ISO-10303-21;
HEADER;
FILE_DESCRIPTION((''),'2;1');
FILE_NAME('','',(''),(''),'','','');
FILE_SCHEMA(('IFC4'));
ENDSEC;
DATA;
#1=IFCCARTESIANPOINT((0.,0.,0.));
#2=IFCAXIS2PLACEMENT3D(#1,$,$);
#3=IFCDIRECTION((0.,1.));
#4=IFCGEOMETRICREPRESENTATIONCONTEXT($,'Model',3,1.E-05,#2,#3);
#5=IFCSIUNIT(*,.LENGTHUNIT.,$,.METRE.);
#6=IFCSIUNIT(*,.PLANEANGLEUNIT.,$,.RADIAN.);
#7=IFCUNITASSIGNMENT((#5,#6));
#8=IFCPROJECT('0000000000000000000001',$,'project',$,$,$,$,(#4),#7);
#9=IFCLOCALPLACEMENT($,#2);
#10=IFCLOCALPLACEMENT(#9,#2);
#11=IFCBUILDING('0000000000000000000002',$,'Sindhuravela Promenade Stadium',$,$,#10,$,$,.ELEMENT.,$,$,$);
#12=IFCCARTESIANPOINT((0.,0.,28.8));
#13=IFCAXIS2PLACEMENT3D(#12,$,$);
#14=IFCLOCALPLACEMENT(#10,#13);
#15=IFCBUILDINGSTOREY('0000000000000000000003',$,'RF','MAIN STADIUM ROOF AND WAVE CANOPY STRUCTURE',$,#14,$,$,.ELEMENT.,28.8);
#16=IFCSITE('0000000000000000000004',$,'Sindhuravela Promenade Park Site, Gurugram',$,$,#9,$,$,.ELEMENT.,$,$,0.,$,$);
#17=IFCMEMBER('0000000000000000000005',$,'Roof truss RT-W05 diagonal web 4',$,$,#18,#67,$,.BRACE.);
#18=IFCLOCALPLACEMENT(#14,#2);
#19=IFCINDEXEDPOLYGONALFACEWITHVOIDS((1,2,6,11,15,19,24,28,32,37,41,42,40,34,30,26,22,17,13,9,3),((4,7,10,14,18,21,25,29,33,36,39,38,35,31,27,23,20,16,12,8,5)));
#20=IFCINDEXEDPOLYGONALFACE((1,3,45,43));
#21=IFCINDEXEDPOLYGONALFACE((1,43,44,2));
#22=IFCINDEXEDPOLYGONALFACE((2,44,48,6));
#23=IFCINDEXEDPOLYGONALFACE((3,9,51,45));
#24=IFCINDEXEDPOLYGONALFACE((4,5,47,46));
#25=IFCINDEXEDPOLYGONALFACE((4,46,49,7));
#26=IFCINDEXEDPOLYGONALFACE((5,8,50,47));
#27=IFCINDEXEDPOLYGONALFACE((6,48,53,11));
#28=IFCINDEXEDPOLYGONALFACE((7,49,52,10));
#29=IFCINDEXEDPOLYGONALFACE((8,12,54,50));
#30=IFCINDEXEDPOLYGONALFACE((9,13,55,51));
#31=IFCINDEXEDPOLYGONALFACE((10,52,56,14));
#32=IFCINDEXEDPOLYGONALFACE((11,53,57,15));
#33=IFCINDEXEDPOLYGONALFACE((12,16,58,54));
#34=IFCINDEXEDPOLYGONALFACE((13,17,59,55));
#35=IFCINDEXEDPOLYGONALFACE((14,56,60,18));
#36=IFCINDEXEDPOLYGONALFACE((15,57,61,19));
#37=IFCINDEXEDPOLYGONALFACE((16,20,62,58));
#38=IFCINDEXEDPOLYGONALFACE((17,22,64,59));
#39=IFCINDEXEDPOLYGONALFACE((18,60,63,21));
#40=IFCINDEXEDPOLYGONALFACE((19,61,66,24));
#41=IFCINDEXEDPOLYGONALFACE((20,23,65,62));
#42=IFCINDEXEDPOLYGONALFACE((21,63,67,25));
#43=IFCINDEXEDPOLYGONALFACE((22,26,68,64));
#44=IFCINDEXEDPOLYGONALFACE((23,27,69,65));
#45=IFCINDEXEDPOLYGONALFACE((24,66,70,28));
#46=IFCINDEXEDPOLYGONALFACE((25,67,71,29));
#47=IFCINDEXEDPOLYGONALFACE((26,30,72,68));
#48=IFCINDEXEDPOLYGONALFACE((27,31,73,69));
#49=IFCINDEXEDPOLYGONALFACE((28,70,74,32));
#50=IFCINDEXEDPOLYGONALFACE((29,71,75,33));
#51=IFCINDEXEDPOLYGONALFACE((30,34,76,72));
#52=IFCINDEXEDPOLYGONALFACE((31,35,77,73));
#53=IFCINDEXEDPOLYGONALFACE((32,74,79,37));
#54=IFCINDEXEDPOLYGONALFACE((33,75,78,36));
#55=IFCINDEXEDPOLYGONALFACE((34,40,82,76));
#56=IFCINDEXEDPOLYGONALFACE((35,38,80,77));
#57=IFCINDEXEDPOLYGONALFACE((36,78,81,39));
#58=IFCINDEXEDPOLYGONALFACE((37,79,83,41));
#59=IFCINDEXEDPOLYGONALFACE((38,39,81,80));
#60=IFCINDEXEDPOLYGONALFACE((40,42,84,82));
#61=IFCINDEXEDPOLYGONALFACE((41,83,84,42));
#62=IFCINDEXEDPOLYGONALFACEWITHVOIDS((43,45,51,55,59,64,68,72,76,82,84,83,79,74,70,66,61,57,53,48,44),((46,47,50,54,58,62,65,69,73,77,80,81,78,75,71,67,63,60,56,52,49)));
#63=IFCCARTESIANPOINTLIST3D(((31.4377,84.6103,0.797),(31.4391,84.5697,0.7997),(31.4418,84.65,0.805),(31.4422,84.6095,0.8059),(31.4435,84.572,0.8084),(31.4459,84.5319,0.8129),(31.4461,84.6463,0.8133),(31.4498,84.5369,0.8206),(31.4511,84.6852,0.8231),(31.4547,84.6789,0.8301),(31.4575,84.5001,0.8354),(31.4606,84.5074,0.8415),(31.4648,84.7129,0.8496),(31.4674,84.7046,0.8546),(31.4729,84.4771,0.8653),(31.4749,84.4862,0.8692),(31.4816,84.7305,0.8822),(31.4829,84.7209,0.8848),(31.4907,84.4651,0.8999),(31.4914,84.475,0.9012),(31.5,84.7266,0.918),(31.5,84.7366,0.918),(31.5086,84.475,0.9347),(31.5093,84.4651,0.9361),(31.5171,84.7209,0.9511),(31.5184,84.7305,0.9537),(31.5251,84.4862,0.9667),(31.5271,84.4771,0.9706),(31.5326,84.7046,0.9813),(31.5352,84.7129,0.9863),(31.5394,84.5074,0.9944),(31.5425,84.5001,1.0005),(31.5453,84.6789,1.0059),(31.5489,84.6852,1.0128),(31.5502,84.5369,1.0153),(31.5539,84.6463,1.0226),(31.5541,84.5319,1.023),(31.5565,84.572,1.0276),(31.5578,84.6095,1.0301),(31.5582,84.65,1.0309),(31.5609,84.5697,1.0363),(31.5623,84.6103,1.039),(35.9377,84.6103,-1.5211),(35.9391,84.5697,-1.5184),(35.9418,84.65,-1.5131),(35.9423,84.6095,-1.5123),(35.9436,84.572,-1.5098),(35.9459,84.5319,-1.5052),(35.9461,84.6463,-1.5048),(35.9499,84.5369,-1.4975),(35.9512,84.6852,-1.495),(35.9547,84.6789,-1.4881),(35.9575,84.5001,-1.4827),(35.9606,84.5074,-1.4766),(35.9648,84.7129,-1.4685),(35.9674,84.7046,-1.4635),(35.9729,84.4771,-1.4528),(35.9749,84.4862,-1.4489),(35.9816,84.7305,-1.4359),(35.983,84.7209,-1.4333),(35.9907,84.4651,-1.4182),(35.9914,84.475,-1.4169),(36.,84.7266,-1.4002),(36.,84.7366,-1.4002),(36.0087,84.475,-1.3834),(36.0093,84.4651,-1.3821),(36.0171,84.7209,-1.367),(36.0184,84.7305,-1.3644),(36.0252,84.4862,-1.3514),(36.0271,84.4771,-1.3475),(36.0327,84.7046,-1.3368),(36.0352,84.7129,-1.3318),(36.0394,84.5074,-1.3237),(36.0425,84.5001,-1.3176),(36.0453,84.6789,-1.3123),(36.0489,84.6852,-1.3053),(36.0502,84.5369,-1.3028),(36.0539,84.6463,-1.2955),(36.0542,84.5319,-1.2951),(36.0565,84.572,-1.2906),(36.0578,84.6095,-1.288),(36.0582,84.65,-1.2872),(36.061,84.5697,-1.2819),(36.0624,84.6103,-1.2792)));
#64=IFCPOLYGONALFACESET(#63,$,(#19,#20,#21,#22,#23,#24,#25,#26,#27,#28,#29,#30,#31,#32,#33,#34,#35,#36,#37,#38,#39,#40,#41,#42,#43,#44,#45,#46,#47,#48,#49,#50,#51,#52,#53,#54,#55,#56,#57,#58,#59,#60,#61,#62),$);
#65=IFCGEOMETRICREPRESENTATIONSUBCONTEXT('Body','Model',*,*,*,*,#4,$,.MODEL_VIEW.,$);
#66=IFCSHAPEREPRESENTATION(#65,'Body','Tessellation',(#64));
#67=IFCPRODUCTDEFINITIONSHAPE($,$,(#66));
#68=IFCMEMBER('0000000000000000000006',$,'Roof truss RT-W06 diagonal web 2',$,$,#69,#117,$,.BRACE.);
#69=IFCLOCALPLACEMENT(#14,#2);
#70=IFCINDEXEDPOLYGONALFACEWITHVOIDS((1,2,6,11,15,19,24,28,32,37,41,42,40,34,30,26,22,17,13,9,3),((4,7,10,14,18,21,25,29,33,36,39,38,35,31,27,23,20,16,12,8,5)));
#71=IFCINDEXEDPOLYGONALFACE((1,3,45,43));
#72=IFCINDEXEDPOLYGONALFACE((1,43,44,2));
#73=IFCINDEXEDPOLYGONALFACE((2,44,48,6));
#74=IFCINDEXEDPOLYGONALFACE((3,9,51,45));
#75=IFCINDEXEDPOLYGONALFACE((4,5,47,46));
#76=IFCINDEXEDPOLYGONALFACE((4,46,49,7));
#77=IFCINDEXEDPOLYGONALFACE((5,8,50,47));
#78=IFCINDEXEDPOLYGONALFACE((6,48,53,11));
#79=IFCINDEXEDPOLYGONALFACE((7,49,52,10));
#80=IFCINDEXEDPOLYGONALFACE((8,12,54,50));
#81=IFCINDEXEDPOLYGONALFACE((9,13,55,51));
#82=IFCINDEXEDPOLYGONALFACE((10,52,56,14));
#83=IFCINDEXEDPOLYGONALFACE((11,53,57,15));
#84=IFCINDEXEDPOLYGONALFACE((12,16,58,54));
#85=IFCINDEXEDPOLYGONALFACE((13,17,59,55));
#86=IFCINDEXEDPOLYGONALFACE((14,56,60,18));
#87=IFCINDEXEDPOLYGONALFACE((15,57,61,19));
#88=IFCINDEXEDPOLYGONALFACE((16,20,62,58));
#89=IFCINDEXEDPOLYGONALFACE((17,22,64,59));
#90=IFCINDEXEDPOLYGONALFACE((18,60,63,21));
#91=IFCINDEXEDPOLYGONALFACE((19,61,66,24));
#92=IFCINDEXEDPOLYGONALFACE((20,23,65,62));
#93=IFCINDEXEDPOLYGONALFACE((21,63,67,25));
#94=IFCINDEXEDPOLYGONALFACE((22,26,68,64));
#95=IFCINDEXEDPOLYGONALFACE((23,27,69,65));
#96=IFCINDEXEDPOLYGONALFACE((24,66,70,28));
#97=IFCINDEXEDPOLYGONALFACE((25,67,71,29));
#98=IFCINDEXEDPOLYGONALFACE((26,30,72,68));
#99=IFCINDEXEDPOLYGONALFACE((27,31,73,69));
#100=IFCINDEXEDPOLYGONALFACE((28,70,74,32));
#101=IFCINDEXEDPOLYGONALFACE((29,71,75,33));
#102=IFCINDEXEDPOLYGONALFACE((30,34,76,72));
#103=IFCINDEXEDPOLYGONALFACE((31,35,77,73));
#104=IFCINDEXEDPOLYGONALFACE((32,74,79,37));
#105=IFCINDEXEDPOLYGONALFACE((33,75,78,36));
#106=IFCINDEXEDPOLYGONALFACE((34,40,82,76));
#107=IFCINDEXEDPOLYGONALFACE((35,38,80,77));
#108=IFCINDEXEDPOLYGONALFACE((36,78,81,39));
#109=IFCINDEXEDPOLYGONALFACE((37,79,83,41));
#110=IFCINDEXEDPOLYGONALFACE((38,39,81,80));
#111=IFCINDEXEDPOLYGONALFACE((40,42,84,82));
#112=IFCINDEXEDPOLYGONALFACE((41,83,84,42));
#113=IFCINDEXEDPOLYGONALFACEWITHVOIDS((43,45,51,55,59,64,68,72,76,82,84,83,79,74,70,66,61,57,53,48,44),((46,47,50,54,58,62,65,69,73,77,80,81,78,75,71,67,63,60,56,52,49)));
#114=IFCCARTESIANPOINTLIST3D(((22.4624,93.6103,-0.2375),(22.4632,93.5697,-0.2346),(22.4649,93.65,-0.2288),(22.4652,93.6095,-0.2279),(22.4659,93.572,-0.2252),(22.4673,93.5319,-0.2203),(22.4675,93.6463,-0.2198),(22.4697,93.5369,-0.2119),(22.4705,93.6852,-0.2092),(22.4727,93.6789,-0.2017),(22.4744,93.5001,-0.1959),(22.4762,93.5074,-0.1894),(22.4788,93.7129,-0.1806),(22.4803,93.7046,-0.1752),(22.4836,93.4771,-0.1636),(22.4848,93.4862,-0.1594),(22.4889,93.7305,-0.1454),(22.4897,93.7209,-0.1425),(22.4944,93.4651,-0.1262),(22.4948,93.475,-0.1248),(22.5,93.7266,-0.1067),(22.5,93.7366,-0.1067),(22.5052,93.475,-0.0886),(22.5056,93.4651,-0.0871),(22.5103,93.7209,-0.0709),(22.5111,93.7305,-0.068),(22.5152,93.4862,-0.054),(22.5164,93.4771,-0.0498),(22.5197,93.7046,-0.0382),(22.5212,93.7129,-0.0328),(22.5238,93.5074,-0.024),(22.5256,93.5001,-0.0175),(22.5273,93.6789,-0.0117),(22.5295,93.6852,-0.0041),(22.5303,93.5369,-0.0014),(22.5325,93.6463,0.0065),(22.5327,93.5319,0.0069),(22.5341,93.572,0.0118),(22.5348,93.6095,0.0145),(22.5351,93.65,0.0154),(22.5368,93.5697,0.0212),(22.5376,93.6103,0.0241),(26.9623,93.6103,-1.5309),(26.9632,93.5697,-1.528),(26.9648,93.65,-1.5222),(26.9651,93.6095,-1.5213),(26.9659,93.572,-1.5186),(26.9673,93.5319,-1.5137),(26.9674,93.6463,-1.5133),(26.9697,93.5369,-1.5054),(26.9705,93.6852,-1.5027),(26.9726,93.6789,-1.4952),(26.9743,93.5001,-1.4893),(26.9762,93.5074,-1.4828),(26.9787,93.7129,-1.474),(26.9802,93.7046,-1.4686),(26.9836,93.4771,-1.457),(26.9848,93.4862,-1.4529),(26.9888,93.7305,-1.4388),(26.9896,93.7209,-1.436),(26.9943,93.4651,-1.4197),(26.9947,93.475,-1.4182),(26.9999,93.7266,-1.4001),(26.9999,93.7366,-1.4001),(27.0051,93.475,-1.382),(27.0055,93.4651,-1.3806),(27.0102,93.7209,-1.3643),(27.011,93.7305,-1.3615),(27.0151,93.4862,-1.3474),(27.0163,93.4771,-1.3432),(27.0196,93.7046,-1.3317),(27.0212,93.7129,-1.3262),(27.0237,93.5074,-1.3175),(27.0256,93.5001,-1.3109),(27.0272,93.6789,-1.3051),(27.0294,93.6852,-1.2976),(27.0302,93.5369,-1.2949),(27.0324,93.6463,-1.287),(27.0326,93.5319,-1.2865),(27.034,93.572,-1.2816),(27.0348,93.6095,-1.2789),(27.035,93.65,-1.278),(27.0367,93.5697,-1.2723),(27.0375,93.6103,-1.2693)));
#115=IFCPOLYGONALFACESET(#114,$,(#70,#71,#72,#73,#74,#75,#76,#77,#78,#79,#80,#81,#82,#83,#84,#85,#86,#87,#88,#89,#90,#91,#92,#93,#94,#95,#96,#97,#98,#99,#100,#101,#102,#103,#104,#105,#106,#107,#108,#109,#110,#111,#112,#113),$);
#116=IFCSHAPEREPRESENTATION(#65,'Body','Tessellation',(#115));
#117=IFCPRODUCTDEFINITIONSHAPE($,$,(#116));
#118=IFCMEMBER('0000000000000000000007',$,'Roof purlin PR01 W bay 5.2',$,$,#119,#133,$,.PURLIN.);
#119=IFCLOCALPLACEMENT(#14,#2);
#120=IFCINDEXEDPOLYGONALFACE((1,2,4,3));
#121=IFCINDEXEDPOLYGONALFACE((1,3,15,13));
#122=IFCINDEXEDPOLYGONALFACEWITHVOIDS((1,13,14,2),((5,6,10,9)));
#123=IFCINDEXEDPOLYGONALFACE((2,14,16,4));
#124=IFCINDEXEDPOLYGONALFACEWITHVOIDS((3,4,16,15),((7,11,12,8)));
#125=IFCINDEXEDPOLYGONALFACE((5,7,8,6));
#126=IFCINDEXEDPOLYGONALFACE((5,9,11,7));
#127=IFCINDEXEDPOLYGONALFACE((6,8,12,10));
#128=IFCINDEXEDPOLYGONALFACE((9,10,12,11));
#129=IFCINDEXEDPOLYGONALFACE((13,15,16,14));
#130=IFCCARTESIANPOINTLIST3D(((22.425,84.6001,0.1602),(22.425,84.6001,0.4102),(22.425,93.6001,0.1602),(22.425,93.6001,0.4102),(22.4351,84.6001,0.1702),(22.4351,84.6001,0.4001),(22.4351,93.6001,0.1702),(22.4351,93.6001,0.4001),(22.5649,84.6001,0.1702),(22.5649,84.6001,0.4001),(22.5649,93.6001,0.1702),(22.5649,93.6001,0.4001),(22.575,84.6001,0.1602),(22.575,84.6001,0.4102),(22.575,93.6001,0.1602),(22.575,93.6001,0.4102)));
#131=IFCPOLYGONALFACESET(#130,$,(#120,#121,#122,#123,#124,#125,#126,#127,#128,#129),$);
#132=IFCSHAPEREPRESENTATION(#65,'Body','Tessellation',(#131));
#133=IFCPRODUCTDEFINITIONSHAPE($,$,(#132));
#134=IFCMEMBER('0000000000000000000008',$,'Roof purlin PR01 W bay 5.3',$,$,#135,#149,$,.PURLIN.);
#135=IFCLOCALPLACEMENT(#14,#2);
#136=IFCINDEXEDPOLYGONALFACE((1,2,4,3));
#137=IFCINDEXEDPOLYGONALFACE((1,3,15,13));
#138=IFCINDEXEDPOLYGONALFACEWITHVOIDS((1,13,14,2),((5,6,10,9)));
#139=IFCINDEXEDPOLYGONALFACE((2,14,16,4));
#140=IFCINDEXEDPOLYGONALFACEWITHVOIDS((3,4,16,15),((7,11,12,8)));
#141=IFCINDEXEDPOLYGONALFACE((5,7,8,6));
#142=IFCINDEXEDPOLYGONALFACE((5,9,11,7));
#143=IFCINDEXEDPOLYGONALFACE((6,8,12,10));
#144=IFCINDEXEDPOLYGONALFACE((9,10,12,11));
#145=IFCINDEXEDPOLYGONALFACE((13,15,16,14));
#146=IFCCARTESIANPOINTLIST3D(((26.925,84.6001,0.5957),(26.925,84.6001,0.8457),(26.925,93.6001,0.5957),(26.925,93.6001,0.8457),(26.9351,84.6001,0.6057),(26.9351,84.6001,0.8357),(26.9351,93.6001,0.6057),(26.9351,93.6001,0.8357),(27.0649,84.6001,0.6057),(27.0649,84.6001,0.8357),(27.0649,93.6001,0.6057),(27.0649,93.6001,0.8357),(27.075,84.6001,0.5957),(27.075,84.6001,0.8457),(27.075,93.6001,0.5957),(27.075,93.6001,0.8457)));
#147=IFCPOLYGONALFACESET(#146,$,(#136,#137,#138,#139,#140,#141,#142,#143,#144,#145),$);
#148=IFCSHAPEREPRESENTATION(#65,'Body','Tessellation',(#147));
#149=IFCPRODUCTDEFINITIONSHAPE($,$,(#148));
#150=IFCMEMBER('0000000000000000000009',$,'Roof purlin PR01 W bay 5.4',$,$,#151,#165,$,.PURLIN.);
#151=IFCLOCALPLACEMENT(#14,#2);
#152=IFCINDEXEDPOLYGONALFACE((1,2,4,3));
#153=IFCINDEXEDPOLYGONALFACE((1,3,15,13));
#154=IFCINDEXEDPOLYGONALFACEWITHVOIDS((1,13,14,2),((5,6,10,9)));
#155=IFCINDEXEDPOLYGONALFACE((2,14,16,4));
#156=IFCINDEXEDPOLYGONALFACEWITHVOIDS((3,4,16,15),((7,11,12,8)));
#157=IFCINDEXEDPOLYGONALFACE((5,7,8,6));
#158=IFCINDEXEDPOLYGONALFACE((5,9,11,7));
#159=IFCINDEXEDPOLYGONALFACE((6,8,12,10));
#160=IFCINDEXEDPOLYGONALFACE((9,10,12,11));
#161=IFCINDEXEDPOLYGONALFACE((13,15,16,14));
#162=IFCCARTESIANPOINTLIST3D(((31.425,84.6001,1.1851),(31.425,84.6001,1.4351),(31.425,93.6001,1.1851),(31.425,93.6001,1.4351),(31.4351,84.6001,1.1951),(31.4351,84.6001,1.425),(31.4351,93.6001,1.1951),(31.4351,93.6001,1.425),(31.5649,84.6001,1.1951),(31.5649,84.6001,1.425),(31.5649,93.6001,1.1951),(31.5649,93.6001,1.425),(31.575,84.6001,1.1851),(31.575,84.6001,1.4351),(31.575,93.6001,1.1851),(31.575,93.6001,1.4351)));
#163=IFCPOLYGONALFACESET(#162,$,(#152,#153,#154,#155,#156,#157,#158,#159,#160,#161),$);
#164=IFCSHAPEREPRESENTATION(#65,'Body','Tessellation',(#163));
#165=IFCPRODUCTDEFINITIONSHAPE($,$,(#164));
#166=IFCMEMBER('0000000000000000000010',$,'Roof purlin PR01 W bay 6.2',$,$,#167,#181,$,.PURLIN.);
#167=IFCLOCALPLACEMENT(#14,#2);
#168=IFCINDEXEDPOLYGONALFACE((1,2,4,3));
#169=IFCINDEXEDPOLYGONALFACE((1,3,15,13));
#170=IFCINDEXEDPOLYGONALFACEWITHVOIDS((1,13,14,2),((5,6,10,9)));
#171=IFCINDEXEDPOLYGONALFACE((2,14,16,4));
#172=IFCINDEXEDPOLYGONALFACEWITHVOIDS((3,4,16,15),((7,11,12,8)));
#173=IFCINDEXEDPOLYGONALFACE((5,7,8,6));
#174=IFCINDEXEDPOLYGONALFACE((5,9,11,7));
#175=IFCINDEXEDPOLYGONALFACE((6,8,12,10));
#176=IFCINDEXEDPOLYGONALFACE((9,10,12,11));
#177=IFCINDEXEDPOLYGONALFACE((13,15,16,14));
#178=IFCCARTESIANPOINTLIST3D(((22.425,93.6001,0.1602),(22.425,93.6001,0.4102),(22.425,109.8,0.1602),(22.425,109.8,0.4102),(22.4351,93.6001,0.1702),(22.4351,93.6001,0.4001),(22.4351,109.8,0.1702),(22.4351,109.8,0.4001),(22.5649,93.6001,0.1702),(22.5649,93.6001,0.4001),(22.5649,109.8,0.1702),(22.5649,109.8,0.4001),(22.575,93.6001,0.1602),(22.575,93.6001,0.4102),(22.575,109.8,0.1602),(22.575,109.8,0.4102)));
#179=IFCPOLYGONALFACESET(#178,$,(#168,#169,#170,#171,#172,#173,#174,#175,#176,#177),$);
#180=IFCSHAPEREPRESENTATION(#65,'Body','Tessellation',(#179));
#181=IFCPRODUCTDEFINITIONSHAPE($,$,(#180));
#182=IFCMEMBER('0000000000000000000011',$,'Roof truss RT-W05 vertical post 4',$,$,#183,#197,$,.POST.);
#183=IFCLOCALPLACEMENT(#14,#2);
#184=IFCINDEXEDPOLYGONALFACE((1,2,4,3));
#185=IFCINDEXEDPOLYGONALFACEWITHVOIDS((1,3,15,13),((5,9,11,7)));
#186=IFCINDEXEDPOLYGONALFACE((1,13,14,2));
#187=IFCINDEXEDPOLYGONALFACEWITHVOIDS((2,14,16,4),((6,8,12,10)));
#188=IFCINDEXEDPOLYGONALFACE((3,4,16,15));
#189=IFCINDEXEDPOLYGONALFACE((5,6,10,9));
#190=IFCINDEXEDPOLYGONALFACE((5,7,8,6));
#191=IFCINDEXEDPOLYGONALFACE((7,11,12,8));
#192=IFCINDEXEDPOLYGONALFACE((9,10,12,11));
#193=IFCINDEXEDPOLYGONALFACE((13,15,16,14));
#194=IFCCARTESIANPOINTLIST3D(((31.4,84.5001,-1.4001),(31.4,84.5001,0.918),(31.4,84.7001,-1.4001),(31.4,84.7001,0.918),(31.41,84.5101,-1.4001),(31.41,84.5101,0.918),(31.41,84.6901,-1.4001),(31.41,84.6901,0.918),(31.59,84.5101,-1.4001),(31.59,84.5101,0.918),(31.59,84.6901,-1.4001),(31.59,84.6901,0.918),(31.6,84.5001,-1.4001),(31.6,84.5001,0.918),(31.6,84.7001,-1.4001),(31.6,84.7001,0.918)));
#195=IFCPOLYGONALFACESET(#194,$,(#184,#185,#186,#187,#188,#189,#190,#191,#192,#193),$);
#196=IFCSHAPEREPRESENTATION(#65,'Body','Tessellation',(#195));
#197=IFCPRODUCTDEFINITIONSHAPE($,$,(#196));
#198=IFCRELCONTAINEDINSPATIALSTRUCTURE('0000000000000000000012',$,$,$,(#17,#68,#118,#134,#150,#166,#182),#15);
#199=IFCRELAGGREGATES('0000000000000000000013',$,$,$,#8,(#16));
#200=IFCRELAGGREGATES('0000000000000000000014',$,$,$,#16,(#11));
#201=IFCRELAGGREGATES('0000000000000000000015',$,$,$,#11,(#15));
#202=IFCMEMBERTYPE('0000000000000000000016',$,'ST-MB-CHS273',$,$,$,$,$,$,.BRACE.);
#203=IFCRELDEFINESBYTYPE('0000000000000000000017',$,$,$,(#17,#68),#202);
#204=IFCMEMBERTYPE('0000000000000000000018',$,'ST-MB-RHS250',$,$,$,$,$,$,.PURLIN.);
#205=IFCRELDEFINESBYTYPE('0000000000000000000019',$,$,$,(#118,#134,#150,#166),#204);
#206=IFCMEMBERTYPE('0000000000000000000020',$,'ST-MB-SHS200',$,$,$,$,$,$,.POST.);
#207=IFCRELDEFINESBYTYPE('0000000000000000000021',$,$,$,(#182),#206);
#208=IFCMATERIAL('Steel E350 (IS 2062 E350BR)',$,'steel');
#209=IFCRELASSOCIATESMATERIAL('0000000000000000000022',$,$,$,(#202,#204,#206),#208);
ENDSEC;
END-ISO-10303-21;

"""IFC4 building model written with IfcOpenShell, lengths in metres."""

from ifc_helpers import new_model, si_unit, direction, frame, origin, origin_2d, place, context, subcontext, project, spatial, hollow_rectangle, hollow_circle, extrude, material, material_profile, profile_set, type_object, element, save


model = new_model("IFC4")

# Units and contexts
model_context = context("Model", 3, precision=1e-05, world=origin(), true_north=direction((0.0, 1.0)))
body_context = subcontext(model_context, "Body", "Model", "MODEL_VIEW")
ifc_project = project(units=[si_unit("LENGTHUNIT", "METRE"), si_unit("PLANEANGLEUNIT", "RADIAN")], contexts=[model_context])

# Site, building, storey
site_placement = place(None, origin())
site = spatial("IfcSite", under=ifc_project, at=site_placement, Name="Sindhuravela Promenade Park Site, Gurugram", CompositionType="ELEMENT", RefElevation=0.0)
building_placement = place(site_placement, origin())
building = spatial("IfcBuilding", under=site, at=building_placement, Name="Sindhuravela Promenade Stadium", CompositionType="ELEMENT")
storey_placement = place(building_placement, frame((0.0, 0.0, 28.8)))
storey = spatial("IfcBuildingStorey", under=building, at=storey_placement, Name="RF", Description="MAIN STADIUM ROOF AND WAVE CANOPY STRUCTURE", CompositionType="ELEMENT", Elevation=28.8)

# Shared definitions
ifc_material_1 = material(Name="Steel E350 (IS 2062 E350BR)", Category="steel")

# Members
ifc_material_profile_1 = material_profile(ifc_material_1, hollow_circle(Radius=0.1365, WallThickness=0.01, at=origin_2d()), Name="CHS 273.0x10")
ifc_profile_set_1 = profile_set([ifc_material_profile_1], Name="Steel E350 (IS 2062 E350BR)")
member_type_1 = type_object("IfcMemberType", Name="ST-MB-CHS273", PredefinedType="BRACE", material=ifc_profile_set_1)
for number, where, z_axis, x_axis, name in (
    (1, (31.5, 84.6001, 0.918), (0.88898, 0.0, -0.457946), (0.0, 1.0, 0.0), "Roof truss RT-W05 diagonal web 4"),
):
    element("IfcMember", number, at=place(storey_placement, frame(where, z_axis=z_axis, x_axis=x_axis)), inside=storey, type_object=member_type_1, Name=name, PredefinedType="BRACE", context=body_context, shape_type="SweptSolid", body=[
        extrude(hollow_circle(Radius=0.1365, WallThickness=0.01, at=origin_2d()), origin(), (0.0, 0.0, 1.0), 5.062),
    ])
member_1_placement = place(storey_placement, frame((22.5, 93.6001, -0.1067), z_axis=(0.961086, 0.0, -0.27625), x_axis=(0.0, 1.0, 0.0)))
element("IfcMember", 2, at=member_1_placement, inside=storey, type_object=member_type_1, Name="Roof truss RT-W06 diagonal web 2", PredefinedType="BRACE", context=body_context, shape_type="SweptSolid", body=[
    extrude(hollow_circle(Radius=0.1365, WallThickness=0.01, at=origin_2d()), origin(), (0.0, 0.0, 1.0), 4.6821),
])
ifc_material_profile_2 = material_profile(ifc_material_1, hollow_rectangle(XDim=0.1499, YDim=0.25, WallThickness=0.01, at=origin_2d()), Name="RHS 250x150x10")
ifc_profile_set_2 = profile_set([ifc_material_profile_2], Name="Steel E350 (IS 2062 E350BR)")
member_type_2 = type_object("IfcMemberType", Name="ST-MB-RHS250", PredefinedType="PURLIN", material=ifc_profile_set_2)
for number, where, z_axis, x_axis, name in (
    (3, (22.5, 84.6001, 0.2852), (0.0, 1.0, 0.0), (-1.0, 0.0, 0.0), "Roof purlin PR01 W bay 5.2"),
    (4, (27.0, 84.6001, 0.7207), (0.0, 1.0, 0.0), (-1.0, 0.0, 0.0), "Roof purlin PR01 W bay 5.3"),
    (5, (31.5, 84.6001, 1.3101), (0.0, 1.0, 0.0), (-1.0, 0.0, 0.0), "Roof purlin PR01 W bay 5.4"),
):
    element("IfcMember", number, at=place(storey_placement, frame(where, z_axis=z_axis, x_axis=x_axis)), inside=storey, type_object=member_type_2, Name=name, PredefinedType="PURLIN", context=body_context, shape_type="SweptSolid", body=[
        extrude(hollow_rectangle(XDim=0.1499, YDim=0.25, WallThickness=0.01, at=origin_2d()), origin(), (0.0, 0.0, 1.0), 9.0),
    ])
member_2_placement = place(storey_placement, frame((22.5, 93.6001, 0.2852), z_axis=(0.0, 1.0, 0.0), x_axis=(-1.0, 0.0, 0.0)))
element("IfcMember", 6, at=member_2_placement, inside=storey, type_object=member_type_2, Name="Roof purlin PR01 W bay 6.2", PredefinedType="PURLIN", context=body_context, shape_type="SweptSolid", body=[
    extrude(hollow_rectangle(XDim=0.1499, YDim=0.25, WallThickness=0.01, at=origin_2d()), origin(), (0.0, 0.0, 1.0), 16.2),
])
ifc_material_profile_3 = material_profile(ifc_material_1, hollow_rectangle(XDim=0.2, YDim=0.2, WallThickness=0.01, at=origin_2d()), Name="SHS 200x200x10")
ifc_profile_set_3 = profile_set([ifc_material_profile_3], Name="Steel E350 (IS 2062 E350BR)")
member_type_3 = type_object("IfcMemberType", Name="ST-MB-SHS200", PredefinedType="POST", material=ifc_profile_set_3)
member_3_placement = place(storey_placement, frame((31.5, 84.6001, -1.4001), z_axis=(0.0, 0.0, 1.0), x_axis=(1.0, 0.0, 0.0)))
element("IfcMember", 7, at=member_3_placement, inside=storey, type_object=member_type_3, Name="Roof truss RT-W05 vertical post 4", PredefinedType="POST", context=body_context, shape_type="SweptSolid", body=[
    extrude(hollow_rectangle(XDim=0.2, YDim=0.2, WallThickness=0.01, at=origin_2d()), origin(), (0.0, 0.0, 1.0), 2.3181),
])

save(model, "model.ifc")
